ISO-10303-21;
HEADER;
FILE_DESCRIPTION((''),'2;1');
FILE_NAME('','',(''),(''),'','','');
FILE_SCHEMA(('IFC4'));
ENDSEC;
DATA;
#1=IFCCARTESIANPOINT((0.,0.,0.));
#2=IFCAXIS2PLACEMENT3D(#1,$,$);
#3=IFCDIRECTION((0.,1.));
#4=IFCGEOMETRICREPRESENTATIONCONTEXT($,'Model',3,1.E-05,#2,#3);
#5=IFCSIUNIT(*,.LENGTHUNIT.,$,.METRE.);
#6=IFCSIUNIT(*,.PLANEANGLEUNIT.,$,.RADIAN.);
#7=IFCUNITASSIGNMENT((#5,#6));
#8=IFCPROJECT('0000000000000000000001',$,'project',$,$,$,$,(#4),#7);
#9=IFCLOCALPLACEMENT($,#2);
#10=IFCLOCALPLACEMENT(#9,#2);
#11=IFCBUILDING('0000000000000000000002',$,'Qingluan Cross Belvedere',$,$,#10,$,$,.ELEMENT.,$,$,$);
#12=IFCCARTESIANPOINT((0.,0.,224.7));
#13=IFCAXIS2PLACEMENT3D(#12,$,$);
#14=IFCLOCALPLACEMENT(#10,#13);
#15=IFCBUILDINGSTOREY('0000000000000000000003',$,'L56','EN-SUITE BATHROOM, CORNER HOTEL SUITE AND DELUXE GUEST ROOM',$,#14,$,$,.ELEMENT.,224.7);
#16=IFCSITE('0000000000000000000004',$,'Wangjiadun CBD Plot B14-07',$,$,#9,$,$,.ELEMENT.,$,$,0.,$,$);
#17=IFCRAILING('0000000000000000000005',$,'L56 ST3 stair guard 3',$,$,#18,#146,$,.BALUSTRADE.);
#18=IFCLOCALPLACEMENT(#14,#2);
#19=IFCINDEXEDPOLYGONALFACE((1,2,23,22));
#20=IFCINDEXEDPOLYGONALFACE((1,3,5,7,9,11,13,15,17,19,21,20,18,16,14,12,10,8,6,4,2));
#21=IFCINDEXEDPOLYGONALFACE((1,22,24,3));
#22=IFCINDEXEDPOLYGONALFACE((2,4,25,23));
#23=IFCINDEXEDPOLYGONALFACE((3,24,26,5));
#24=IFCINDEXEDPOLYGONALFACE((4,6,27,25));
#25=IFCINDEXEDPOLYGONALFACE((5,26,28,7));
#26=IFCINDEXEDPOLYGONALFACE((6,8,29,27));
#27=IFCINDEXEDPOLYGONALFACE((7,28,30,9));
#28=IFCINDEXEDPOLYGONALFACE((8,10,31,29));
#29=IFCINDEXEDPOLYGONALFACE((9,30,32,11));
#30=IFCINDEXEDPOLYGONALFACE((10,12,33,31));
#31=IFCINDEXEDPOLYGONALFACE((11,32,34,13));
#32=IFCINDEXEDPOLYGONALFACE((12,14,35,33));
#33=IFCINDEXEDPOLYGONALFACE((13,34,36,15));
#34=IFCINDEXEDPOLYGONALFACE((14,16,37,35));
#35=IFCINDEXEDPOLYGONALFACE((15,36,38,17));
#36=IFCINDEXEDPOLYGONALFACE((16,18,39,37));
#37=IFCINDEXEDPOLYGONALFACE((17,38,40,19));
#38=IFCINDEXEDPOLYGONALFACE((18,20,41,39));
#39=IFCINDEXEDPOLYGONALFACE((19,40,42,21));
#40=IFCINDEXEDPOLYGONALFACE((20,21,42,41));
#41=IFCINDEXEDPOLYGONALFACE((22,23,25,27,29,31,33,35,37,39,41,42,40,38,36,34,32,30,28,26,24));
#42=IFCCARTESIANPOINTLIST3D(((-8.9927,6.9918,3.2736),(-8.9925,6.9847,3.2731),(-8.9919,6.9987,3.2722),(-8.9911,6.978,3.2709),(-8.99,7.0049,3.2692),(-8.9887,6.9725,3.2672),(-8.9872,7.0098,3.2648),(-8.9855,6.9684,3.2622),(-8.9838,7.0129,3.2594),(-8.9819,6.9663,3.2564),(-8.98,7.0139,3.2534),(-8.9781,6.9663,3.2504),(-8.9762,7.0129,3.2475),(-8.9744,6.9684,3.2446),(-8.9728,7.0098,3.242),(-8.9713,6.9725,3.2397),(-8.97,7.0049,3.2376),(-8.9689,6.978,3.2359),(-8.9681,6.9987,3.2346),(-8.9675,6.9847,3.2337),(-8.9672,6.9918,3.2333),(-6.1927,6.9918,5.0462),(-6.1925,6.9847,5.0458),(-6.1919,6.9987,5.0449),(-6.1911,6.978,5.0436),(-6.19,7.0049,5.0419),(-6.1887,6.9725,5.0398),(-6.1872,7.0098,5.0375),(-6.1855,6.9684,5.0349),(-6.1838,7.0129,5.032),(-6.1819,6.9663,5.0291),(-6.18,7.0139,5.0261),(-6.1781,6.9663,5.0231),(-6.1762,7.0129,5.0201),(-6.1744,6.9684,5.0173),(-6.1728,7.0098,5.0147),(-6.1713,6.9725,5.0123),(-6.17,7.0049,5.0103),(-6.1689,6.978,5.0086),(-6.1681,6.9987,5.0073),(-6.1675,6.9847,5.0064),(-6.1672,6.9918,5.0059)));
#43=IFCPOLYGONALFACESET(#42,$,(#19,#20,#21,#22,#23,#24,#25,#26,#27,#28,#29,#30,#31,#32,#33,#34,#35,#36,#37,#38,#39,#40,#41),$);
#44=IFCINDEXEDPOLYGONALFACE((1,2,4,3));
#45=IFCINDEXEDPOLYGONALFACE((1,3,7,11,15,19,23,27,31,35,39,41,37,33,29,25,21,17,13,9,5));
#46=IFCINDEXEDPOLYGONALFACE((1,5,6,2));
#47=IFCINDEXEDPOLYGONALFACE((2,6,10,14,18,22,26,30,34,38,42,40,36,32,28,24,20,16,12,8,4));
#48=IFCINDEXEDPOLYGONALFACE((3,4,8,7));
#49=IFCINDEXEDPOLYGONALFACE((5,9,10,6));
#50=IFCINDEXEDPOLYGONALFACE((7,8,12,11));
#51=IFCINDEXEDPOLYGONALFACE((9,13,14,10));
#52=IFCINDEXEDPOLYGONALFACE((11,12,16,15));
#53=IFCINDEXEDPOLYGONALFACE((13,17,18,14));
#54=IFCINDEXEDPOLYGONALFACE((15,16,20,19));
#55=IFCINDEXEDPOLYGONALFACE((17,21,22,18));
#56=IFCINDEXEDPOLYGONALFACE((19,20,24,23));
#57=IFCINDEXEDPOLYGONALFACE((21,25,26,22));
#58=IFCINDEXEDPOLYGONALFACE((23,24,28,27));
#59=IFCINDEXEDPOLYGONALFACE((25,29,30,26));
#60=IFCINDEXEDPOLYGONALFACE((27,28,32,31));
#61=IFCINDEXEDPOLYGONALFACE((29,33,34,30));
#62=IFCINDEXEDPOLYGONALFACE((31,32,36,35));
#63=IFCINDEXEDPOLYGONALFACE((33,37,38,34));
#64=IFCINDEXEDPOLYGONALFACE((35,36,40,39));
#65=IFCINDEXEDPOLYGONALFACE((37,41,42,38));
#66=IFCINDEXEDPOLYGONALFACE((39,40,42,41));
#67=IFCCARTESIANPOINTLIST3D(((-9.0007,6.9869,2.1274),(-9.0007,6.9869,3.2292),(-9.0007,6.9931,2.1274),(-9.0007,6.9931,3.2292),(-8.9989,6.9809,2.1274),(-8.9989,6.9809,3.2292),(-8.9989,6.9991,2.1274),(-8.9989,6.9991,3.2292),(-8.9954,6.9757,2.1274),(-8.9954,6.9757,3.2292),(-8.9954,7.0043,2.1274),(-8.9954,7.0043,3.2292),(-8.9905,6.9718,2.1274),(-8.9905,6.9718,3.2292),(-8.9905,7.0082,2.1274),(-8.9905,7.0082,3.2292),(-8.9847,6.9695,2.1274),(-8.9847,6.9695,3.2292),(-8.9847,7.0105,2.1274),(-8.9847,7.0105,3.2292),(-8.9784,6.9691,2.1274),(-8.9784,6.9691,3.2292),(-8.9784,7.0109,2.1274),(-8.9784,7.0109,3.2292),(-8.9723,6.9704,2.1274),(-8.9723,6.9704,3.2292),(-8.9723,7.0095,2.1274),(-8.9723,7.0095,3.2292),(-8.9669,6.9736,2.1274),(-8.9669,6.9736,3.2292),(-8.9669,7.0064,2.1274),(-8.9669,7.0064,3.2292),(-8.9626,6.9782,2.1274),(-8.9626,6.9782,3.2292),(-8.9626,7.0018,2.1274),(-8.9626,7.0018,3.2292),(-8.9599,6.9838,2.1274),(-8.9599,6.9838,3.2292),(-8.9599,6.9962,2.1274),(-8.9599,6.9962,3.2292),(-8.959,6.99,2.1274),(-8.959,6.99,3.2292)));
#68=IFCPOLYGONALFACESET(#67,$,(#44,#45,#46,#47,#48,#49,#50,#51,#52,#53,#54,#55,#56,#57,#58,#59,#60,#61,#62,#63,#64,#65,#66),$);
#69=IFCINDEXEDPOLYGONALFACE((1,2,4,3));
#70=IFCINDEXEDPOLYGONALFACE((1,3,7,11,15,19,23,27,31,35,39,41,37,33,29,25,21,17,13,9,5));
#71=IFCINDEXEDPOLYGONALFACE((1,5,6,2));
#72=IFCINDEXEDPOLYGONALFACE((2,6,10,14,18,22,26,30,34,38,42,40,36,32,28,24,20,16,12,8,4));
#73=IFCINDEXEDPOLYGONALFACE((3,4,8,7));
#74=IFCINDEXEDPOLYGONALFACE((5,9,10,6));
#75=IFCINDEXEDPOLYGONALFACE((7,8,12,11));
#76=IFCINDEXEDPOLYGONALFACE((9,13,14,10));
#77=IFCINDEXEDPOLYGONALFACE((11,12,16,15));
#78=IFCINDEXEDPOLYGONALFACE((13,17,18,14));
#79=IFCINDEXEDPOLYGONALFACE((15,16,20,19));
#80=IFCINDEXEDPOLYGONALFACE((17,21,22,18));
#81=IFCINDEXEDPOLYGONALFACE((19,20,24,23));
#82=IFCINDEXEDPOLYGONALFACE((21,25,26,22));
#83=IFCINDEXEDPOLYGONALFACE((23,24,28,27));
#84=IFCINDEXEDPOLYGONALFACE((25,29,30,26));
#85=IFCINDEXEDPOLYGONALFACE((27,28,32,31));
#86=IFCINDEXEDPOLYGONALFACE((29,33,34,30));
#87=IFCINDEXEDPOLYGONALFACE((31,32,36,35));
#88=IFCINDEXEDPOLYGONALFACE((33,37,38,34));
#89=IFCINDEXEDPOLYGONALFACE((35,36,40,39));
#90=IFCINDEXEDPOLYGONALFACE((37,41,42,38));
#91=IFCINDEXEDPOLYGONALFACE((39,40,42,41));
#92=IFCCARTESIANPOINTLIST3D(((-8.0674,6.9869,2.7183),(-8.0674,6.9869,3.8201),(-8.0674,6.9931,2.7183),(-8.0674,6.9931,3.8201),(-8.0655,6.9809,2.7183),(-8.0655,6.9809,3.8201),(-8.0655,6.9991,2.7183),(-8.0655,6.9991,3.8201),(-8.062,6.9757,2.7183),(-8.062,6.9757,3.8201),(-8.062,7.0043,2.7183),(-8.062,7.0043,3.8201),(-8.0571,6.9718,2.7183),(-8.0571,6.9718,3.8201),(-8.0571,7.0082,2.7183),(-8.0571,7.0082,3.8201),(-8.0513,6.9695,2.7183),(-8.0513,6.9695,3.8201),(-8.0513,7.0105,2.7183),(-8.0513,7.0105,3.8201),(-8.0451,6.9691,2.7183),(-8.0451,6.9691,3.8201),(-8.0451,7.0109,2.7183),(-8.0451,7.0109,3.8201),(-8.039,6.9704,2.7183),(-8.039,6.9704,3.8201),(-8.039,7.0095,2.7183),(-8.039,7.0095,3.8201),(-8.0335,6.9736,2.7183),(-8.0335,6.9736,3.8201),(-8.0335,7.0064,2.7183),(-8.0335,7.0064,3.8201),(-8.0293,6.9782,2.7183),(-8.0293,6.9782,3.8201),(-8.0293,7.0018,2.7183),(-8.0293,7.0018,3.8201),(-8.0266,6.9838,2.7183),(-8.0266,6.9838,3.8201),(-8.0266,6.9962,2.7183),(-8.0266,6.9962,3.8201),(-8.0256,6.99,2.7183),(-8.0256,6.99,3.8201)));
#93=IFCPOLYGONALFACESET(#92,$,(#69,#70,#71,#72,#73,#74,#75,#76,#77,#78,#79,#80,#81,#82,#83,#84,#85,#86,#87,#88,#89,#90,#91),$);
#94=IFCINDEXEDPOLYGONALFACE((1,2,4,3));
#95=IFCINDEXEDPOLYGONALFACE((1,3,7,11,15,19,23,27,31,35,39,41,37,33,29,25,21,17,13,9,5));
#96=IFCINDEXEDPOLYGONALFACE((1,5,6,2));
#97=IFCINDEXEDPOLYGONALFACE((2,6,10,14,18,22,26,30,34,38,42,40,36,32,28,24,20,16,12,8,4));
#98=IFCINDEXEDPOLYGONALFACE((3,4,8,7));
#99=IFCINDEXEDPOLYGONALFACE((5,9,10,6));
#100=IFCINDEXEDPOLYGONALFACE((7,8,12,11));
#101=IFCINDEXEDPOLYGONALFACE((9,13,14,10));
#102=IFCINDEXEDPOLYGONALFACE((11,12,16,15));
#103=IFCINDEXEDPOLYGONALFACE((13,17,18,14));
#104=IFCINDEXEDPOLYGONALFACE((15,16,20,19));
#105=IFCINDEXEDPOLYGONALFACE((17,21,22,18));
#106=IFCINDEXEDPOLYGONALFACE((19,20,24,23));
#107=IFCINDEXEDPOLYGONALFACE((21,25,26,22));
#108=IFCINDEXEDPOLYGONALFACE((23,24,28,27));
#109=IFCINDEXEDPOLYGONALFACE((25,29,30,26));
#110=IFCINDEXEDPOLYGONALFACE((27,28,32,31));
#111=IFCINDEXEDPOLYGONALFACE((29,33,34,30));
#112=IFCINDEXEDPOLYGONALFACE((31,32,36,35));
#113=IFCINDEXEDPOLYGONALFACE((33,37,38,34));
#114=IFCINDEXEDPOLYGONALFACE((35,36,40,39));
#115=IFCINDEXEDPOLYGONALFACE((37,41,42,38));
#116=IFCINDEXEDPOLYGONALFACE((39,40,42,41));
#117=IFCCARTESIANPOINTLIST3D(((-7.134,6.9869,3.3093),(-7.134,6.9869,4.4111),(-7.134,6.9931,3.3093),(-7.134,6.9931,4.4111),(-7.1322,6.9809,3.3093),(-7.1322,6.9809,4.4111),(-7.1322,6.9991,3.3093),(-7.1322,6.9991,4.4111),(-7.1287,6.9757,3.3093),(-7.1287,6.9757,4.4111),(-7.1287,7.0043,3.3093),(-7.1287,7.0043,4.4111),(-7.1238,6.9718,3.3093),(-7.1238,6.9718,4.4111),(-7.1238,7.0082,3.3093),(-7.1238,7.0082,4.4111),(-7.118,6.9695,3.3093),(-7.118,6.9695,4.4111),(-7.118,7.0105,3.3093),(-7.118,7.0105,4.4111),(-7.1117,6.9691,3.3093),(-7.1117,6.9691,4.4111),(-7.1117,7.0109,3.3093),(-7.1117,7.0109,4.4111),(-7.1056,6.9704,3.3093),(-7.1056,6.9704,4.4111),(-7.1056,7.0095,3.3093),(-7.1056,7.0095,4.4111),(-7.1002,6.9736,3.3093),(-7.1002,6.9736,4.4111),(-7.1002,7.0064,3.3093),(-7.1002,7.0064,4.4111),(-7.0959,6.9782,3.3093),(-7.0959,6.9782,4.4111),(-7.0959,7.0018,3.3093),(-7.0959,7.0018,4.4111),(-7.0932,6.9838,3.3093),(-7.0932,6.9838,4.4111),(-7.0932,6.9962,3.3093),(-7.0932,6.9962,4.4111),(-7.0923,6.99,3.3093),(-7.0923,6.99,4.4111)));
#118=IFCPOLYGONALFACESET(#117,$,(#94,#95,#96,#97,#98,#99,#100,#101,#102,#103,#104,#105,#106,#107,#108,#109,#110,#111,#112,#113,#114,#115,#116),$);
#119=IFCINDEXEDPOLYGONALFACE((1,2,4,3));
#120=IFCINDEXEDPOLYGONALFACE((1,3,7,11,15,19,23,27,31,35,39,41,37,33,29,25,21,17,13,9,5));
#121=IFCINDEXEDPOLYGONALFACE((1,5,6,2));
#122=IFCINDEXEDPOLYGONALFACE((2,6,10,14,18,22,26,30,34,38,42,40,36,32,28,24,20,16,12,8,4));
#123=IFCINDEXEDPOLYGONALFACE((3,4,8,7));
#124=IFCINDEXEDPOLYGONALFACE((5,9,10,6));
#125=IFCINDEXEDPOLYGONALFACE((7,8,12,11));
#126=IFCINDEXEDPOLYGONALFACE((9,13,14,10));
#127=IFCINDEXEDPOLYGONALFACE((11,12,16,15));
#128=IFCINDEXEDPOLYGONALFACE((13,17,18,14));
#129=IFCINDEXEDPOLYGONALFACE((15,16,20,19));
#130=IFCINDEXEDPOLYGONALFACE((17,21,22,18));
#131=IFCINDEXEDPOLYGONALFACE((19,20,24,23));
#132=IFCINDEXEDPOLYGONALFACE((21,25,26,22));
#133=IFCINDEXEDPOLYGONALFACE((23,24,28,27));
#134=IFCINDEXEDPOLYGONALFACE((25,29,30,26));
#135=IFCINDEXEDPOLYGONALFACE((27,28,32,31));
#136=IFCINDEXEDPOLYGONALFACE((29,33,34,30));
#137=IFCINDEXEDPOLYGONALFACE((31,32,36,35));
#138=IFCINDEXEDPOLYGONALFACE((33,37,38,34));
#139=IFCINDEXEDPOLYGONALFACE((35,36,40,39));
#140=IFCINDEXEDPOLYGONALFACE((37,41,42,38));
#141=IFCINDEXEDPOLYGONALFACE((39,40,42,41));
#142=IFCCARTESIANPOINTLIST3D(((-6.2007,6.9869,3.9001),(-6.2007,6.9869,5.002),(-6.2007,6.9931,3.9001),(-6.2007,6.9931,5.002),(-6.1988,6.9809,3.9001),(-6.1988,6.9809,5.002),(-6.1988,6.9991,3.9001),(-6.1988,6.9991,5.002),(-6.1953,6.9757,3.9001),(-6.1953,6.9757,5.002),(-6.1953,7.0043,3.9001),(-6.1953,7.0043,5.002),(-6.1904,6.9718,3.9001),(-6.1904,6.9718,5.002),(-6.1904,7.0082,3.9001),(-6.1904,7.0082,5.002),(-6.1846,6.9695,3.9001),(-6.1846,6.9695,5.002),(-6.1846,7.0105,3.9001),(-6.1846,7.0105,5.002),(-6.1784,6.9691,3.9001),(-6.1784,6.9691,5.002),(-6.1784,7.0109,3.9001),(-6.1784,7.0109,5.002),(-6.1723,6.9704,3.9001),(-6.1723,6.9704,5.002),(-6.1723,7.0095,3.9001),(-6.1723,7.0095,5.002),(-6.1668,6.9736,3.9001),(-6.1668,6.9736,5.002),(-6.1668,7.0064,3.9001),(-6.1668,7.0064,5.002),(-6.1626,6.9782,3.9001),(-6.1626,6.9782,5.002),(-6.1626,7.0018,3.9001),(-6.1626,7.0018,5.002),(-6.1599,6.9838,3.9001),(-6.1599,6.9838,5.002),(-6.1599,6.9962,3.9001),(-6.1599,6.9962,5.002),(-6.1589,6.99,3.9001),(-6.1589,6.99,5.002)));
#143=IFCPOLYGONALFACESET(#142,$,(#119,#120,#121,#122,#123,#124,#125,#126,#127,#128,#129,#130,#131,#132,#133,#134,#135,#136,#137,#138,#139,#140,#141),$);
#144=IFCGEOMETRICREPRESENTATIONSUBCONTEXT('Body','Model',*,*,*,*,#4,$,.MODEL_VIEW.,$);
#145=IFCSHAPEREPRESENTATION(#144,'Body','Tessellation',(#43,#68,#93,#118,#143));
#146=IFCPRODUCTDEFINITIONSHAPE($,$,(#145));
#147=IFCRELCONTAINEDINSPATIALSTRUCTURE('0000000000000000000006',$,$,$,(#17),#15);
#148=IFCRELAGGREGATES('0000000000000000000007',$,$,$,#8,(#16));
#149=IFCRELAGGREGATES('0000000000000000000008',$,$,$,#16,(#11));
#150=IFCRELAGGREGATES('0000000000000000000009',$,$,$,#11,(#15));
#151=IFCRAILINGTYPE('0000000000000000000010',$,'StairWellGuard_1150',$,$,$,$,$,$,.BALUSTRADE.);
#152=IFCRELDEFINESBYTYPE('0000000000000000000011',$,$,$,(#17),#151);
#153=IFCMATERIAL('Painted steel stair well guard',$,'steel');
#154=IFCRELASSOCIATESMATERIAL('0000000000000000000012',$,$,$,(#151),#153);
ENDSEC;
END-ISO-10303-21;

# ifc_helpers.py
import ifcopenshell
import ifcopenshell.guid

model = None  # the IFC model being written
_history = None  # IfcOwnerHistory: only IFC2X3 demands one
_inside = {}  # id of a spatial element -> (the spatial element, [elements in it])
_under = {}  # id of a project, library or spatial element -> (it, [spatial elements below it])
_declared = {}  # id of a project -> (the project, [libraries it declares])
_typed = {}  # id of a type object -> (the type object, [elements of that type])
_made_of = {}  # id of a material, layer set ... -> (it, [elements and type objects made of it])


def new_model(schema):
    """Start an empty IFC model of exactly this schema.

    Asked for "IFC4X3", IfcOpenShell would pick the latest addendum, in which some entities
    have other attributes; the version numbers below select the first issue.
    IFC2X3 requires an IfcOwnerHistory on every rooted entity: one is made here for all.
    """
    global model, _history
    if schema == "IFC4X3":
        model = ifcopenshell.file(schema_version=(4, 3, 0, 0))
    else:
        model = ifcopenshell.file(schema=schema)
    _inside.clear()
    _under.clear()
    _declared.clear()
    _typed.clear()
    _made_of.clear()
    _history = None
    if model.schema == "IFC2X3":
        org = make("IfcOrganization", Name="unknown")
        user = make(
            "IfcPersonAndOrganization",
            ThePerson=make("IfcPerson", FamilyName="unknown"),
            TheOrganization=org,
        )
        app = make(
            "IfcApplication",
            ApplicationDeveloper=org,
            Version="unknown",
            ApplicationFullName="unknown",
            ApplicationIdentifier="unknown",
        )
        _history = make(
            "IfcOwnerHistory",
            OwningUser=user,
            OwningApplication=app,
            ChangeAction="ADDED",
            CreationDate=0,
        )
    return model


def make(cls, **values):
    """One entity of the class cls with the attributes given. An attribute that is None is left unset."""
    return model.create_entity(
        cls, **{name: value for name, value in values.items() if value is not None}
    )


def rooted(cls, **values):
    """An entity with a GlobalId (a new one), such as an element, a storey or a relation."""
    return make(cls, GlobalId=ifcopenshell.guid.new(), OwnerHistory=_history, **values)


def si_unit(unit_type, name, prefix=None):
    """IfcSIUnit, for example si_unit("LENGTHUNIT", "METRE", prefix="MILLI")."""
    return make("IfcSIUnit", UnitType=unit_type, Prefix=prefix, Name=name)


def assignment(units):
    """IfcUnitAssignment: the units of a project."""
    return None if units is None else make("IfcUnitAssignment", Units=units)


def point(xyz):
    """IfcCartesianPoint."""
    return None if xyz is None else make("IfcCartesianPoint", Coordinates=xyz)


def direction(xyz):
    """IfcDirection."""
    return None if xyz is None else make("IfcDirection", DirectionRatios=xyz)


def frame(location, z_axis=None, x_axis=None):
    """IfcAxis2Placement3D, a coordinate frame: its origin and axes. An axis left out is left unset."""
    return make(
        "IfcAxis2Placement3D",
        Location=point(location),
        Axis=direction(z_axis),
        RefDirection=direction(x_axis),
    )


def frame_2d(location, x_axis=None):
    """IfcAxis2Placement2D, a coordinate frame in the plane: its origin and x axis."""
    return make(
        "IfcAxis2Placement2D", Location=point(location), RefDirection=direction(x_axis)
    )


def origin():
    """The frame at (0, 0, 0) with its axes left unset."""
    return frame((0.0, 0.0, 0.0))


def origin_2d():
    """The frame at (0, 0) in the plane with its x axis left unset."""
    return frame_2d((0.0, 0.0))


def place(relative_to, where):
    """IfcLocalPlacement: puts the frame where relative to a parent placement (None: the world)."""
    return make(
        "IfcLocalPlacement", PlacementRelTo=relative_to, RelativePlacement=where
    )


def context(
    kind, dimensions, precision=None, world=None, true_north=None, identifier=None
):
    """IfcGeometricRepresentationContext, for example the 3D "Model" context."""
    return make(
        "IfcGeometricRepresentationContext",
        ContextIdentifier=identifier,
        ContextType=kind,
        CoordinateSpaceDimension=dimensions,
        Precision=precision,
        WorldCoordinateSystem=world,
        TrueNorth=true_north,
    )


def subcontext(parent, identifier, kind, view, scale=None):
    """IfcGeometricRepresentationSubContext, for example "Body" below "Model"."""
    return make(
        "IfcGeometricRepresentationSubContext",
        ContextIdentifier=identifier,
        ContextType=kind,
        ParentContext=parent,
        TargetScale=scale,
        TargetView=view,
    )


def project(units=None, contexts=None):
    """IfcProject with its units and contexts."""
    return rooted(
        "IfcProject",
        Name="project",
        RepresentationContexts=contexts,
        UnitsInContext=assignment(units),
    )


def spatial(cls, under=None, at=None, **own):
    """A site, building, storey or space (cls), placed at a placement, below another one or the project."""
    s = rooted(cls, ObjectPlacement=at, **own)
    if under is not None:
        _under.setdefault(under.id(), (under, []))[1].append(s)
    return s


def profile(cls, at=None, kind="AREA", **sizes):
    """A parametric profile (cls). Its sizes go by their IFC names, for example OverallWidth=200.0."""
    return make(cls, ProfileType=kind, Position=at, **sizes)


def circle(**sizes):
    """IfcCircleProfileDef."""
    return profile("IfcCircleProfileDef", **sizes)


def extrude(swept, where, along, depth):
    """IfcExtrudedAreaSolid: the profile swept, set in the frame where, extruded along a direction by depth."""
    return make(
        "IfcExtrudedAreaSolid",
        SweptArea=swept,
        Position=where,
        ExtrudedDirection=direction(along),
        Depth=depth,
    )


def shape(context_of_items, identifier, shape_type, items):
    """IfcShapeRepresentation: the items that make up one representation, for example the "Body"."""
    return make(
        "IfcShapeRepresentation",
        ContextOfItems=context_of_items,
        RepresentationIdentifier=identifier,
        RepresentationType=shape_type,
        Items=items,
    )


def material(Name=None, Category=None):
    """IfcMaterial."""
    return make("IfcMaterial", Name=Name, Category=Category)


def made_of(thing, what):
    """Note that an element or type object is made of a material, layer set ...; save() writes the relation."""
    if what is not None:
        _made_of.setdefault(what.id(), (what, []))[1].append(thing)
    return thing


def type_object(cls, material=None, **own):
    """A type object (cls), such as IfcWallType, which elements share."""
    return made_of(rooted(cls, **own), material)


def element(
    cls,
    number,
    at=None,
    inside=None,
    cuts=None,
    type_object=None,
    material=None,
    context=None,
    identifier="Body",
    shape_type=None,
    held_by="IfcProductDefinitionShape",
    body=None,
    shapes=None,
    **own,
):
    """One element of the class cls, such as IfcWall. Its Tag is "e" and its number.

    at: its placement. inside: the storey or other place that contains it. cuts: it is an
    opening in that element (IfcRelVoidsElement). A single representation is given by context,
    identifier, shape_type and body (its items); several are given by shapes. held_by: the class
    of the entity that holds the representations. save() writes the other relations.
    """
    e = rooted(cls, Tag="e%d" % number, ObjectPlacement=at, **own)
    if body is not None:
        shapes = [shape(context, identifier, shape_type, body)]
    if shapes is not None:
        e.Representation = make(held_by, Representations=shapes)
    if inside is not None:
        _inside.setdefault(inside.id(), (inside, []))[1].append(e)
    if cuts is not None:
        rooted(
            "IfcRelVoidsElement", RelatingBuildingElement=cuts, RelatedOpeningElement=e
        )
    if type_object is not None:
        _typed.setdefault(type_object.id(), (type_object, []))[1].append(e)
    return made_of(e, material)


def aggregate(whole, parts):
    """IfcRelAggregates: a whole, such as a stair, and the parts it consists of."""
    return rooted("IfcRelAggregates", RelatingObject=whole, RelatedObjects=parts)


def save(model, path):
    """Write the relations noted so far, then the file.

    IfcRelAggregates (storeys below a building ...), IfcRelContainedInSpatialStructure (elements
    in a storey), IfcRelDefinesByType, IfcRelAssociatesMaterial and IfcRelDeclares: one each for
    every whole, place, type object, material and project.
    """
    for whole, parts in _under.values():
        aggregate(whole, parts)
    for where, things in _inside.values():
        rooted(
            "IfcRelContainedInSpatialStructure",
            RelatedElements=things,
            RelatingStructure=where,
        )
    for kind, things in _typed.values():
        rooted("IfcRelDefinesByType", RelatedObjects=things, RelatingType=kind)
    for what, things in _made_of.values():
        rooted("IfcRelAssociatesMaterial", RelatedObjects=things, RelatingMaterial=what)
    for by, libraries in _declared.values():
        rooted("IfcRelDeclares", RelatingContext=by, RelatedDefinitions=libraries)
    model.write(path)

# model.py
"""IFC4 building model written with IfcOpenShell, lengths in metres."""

from ifc_helpers import new_model, si_unit, direction, frame, origin, origin_2d, place, context, subcontext, project, spatial, circle, extrude, material, type_object, element, save


model = new_model("IFC4")

# Units and contexts
model_context = context("Model", 3, precision=1e-05, world=origin(), true_north=direction((0.0, 1.0)))
body_context = subcontext(model_context, "Body", "Model", "MODEL_VIEW")
ifc_project = project(units=[si_unit("LENGTHUNIT", "METRE"), si_unit("PLANEANGLEUNIT", "RADIAN")], contexts=[model_context])

# Site, building, storey
site_placement = place(None, origin())
site = spatial("IfcSite", under=ifc_project, at=site_placement, Name="Wangjiadun CBD Plot B14-07", CompositionType="ELEMENT", RefElevation=0.0)
building_placement = place(site_placement, origin())
building = spatial("IfcBuilding", under=site, at=building_placement, Name="Qingluan Cross Belvedere", CompositionType="ELEMENT")
storey_placement = place(building_placement, frame((0.0, 0.0, 224.7)))
storey = spatial("IfcBuildingStorey", under=building, at=storey_placement, Name="L56", Description="EN-SUITE BATHROOM, CORNER HOTEL SUITE AND DELUXE GUEST ROOM", CompositionType="ELEMENT", Elevation=224.7)

# Railing
ifc_material_1 = material(Name="Painted steel stair well guard", Category="steel")
railing_type_1 = type_object("IfcRailingType", Name="StairWellGuard_1150", PredefinedType="BALUSTRADE", material=ifc_material_1)
railing_1_placement = place(storey_placement, frame((-8.98, 6.99, 2.1274)))
element("IfcRailing", 1, at=railing_1_placement, inside=storey, type_object=railing_type_1, Name="L56 ST3 stair guard 3", PredefinedType="BALUSTRADE", context=body_context, shape_type="SweptSolid", body=[
    extrude(circle(Radius=0.0239, at=origin_2d()), frame((0.0, 0.0, 1.126), z_axis=(0.844909, 0.0, 0.53491), x_axis=(0.0, 1.0, 0.0)), (0.0, 0.0, 1.0), 3.314),
    extrude(circle(Radius=0.021, at=origin_2d()), origin(), (0.0, 0.0, 1.0), 1.1018),
    extrude(circle(Radius=0.021, at=origin_2d()), frame((0.9333, 0.0, 0.5908)), (0.0, 0.0, 1.0), 1.1018),
    extrude(circle(Radius=0.021, at=origin_2d()), frame((1.8667, 0.0, 1.1819)), (0.0, 0.0, 1.0), 1.1018),
    extrude(circle(Radius=0.021, at=origin_2d()), frame((2.8, 0.0, 1.7727)), (0.0, 0.0, 1.0), 1.1018),
])

save(model, "model.ifc")
